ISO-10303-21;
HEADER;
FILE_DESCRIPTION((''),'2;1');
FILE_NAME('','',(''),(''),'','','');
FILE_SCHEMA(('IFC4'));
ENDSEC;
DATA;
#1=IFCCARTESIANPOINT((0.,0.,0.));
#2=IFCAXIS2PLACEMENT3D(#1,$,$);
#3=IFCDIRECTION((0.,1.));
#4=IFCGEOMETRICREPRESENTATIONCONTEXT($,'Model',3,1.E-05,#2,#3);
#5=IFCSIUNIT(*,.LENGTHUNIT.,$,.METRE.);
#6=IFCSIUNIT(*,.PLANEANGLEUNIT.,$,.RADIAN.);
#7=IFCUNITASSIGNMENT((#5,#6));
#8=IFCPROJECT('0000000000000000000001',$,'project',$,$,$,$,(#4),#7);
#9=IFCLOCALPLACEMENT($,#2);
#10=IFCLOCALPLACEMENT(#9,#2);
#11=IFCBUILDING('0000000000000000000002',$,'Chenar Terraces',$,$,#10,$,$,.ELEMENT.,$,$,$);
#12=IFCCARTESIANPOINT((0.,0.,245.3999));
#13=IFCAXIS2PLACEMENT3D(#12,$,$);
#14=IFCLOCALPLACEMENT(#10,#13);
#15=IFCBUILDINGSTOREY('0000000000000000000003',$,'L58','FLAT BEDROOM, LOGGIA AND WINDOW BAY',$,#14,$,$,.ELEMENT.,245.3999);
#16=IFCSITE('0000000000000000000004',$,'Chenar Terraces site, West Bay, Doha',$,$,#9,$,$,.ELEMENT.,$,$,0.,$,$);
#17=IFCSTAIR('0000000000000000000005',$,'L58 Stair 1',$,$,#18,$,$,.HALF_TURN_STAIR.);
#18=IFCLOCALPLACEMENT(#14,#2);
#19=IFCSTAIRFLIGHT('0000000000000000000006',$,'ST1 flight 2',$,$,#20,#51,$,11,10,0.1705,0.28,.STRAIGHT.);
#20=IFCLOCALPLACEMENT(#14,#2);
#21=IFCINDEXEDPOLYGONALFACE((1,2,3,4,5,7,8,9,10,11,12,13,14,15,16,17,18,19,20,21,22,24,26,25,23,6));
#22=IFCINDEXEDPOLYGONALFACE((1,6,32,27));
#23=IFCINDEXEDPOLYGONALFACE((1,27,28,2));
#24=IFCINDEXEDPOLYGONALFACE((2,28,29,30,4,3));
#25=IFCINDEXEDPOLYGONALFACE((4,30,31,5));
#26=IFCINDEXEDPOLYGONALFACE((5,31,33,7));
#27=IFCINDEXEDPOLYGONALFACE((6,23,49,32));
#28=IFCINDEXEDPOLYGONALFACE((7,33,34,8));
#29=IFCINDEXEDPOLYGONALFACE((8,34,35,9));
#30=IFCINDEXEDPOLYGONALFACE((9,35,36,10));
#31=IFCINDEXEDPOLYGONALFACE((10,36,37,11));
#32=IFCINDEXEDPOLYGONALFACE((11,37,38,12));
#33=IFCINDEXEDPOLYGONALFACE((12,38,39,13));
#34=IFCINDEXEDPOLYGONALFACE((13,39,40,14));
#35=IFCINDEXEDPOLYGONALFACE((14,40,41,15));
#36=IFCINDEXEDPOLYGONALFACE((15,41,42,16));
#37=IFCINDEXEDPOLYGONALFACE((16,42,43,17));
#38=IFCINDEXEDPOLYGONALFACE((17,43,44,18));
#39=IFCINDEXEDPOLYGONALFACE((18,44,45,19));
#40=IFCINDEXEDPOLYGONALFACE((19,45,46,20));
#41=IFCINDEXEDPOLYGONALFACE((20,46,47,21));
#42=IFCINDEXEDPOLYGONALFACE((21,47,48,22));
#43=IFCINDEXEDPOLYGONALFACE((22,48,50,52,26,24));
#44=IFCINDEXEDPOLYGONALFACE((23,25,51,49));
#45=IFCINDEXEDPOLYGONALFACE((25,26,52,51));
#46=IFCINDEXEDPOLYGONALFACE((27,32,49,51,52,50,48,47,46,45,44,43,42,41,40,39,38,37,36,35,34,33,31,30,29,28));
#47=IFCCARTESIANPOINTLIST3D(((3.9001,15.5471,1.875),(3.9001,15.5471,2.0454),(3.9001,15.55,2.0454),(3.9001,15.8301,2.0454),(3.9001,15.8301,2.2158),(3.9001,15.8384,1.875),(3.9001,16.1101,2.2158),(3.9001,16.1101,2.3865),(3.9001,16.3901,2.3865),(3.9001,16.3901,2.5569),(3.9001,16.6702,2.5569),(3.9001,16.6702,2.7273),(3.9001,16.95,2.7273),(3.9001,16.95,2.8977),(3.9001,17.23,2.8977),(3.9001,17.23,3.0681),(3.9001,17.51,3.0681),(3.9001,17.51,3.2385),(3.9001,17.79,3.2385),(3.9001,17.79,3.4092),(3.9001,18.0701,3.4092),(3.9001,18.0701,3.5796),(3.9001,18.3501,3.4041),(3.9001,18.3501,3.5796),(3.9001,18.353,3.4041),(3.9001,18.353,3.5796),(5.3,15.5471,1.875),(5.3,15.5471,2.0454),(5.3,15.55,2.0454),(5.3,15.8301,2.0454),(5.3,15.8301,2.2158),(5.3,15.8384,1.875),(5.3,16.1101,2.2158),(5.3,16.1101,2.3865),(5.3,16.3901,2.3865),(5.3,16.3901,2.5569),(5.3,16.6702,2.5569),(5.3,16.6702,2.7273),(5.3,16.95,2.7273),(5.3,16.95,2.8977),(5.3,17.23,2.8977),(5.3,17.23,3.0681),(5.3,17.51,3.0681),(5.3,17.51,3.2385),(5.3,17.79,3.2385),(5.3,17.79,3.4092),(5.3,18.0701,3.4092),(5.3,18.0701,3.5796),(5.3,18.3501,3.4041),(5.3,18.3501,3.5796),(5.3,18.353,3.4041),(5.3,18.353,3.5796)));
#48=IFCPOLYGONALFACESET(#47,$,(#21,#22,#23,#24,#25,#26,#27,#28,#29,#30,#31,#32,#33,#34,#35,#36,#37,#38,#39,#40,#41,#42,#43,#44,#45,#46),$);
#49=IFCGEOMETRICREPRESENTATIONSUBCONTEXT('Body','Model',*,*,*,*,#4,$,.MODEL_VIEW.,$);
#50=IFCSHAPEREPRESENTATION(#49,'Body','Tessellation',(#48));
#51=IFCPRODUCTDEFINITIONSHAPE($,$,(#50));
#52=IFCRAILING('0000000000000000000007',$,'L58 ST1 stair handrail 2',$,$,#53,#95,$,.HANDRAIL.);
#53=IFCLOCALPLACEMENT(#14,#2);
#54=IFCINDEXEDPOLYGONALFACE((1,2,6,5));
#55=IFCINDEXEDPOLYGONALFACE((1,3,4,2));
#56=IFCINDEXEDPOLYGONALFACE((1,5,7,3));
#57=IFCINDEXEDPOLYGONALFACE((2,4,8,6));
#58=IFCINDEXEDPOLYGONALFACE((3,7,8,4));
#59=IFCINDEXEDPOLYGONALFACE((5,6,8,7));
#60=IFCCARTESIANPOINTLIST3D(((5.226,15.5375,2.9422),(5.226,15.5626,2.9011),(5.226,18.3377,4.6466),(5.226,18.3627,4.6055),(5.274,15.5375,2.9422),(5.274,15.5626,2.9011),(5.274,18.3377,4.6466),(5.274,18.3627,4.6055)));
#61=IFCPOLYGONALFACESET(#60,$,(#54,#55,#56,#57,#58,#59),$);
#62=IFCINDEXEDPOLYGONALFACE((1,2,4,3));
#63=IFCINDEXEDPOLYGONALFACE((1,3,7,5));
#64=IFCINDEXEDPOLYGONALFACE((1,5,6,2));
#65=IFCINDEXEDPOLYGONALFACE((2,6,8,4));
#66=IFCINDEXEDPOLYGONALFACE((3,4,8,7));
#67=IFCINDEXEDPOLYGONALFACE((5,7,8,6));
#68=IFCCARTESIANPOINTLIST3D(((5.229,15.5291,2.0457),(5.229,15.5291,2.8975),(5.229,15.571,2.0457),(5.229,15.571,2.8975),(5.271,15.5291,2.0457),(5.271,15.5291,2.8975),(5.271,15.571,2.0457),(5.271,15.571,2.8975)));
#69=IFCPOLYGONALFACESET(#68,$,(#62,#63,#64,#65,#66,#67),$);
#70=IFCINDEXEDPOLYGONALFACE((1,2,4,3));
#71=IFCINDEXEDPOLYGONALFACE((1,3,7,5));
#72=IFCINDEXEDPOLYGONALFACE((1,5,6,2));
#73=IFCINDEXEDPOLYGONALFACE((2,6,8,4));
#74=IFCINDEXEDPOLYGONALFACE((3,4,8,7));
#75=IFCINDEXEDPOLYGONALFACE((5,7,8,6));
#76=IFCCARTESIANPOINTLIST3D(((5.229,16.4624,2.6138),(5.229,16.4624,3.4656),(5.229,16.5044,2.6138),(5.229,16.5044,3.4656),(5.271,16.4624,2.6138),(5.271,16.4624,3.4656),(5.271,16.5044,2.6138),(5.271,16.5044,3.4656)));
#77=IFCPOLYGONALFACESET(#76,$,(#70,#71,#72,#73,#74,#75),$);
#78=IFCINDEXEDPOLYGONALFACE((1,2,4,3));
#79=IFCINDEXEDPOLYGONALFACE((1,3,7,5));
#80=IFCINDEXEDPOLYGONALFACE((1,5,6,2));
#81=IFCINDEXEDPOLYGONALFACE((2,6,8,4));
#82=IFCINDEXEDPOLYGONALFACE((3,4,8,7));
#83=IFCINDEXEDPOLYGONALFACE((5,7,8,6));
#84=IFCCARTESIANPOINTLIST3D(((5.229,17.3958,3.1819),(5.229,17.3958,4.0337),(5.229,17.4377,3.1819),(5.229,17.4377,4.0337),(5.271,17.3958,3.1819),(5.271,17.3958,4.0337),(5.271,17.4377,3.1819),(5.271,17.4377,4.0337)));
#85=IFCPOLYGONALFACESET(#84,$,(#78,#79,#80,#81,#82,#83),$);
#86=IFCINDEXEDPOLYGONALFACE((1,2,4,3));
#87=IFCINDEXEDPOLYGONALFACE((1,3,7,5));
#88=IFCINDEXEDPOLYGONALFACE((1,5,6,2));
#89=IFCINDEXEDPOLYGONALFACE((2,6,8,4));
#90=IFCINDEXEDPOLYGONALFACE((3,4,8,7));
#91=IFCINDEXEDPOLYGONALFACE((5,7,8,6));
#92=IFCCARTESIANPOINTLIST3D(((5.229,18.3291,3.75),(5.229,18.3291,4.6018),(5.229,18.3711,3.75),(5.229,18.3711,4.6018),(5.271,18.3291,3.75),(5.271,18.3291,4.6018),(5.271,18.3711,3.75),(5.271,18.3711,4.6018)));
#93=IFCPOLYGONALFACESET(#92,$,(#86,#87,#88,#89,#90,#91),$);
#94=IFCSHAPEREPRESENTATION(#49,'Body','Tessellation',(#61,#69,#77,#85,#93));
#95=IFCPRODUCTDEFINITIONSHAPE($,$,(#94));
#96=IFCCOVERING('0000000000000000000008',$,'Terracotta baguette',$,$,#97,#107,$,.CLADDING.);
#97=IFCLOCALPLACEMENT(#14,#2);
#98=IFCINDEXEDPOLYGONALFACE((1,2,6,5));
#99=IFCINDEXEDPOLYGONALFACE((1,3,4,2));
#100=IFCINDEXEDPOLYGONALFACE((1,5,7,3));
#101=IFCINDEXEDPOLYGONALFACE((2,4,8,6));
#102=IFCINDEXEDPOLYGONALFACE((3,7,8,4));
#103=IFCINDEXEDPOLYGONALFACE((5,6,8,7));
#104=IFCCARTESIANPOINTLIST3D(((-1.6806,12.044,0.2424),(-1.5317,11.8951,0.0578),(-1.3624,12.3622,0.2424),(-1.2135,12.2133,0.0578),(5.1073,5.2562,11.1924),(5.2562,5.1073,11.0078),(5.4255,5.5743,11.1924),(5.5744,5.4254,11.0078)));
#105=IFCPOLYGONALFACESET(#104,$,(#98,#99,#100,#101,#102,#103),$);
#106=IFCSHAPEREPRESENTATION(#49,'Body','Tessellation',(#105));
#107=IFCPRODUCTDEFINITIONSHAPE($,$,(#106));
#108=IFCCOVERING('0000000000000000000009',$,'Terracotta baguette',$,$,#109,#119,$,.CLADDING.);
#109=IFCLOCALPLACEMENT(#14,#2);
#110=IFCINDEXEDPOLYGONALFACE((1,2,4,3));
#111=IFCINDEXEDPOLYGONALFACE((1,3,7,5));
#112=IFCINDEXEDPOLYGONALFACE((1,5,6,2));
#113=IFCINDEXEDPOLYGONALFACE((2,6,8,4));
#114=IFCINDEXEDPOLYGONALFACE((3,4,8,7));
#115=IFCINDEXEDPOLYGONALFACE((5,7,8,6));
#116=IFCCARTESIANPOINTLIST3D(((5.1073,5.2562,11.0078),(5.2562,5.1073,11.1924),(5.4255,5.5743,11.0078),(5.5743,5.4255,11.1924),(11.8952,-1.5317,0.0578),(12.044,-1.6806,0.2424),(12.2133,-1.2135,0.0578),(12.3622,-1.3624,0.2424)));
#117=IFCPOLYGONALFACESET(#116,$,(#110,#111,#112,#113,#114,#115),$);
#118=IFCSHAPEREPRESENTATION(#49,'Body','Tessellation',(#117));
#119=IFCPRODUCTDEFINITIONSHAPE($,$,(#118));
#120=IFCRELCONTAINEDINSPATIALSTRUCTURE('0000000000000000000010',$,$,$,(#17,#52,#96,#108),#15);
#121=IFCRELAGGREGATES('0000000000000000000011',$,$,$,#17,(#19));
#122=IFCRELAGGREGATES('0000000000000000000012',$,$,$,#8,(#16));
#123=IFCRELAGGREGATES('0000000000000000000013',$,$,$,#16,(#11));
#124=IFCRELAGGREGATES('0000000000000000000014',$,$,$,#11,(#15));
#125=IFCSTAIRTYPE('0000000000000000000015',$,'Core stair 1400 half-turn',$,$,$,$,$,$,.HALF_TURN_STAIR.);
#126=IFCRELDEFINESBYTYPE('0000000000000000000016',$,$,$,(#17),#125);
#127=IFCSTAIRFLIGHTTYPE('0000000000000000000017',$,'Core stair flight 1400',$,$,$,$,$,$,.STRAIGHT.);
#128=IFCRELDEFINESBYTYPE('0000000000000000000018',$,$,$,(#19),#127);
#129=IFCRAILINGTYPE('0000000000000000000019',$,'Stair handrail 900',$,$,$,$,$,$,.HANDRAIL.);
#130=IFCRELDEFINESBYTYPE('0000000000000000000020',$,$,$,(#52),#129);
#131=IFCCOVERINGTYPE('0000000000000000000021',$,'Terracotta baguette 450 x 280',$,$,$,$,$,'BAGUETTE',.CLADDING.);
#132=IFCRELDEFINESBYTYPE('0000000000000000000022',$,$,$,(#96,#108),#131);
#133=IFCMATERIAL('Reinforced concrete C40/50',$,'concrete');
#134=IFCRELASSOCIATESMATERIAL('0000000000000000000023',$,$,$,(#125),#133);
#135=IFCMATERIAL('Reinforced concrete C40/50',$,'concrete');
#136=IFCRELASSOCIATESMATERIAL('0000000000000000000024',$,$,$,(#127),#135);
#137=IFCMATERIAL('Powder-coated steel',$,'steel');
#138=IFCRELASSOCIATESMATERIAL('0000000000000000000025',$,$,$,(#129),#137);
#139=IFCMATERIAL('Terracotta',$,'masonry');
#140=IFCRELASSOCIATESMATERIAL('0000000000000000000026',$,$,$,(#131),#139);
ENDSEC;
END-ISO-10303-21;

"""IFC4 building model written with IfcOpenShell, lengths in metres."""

from ifc_helpers import new_model, si_unit, direction, frame, origin, origin_2d, place, context, subcontext, project, spatial, polyline, rectangle, outline, extrude, material, material_profile, profile_set, type_object, element, aggregate, save


model = new_model("IFC4")

# Units and contexts
model_context = context("Model", 3, precision=1e-05, world=origin(), true_north=direction((0.0, 1.0)))
body_context = subcontext(model_context, "Body", "Model", "MODEL_VIEW")
ifc_project = project(units=[si_unit("LENGTHUNIT", "METRE"), si_unit("PLANEANGLEUNIT", "RADIAN")], contexts=[model_context])

# Site, building, storey
site_placement = place(None, origin())
site = spatial("IfcSite", under=ifc_project, at=site_placement, Name="Chenar Terraces site, West Bay, Doha", CompositionType="ELEMENT", RefElevation=0.0)
building_placement = place(site_placement, origin())
building = spatial("IfcBuilding", under=site, at=building_placement, Name="Chenar Terraces", CompositionType="ELEMENT")
storey_placement = place(building_placement, frame((0.0, 0.0, 245.3999)))
storey = spatial("IfcBuildingStorey", under=building, at=storey_placement, Name="L58", Description="FLAT BEDROOM, LOGGIA AND WINDOW BAY", CompositionType="ELEMENT", Elevation=245.3999)

# Stair
ifc_material_1 = material(Name="Reinforced concrete C40/50", Category="concrete")
stair_type = type_object("IfcStairType", Name="Core stair 1400 half-turn", PredefinedType="HALF_TURN_STAIR", material=ifc_material_1)
placement_1 = place(storey_placement, origin())
stair_1 = element("IfcStair", 1, at=placement_1, inside=storey, type_object=stair_type, Name="L58 Stair 1", PredefinedType="HALF_TURN_STAIR")

# Stair flight
ifc_material_2 = material(Name="Reinforced concrete C40/50", Category="concrete")
stair_flight_type = type_object("IfcStairFlightType", Name="Core stair flight 1400", PredefinedType="STRAIGHT", material=ifc_material_2)
stair_flight_placement = place(storey_placement, frame((4.6001, 15.55, 1.875), z_axis=(0.0, 0.0, 1.0), x_axis=(0.0, 1.0, 0.0)))
stair_flight = element("IfcStairFlight", 2, at=stair_flight_placement, type_object=stair_flight_type, Name="ST1 flight 2", NumberOfRisers=11, NumberOfTreads=10, PredefinedType="STRAIGHT", RiserHeight=0.1705, TreadLength=0.28, context=body_context, shape_type="SweptSolid", body=[
    extrude(outline(polyline([(-0.0029, 0.0), (-0.0029, 0.1704), (0.0, 0.1704), (0.28, 0.1704), (0.28, 0.3408), (0.5601, 0.3408), (0.5601, 0.5115), (0.8401, 0.5115), (0.8401, 0.6819), (1.1201, 0.6819), (1.1201, 0.8523), (1.3999, 0.8523), (1.3999, 1.0227), (1.6799, 1.0227), (1.6799, 1.1931), (1.96, 1.1931), (1.96, 1.3635), (2.24, 1.3635), (2.24, 1.5342), (2.52, 1.5342), (2.52, 1.7046), (2.8, 1.7046), (2.803, 1.7046), (2.803, 1.5291), (2.8, 1.5291), (0.2883, 0.0), (-0.0029, 0.0)])), frame((0.0, 0.7, 0.0), z_axis=(0.0, -1.0, 0.0), x_axis=(1.0, 0.0, 0.0)), (0.0, 0.0, 1.0), 1.3999),
])
aggregate(stair_1, [stair_flight])

# Railing
ifc_material_3 = material(Name="Powder-coated steel", Category="steel")
railing_type = type_object("IfcRailingType", Name="Stair handrail 900", PredefinedType="HANDRAIL", material=ifc_material_3)
railing_placement = place(storey_placement, frame((5.25, 15.55, 2.0457)))
element("IfcRailing", 3, at=railing_placement, inside=storey, type_object=railing_type, Name="L58 ST1 stair handrail 2", PredefinedType="HANDRAIL", context=body_context, shape_type="SweptSolid", body=[
    extrude(rectangle(XDim=0.0481, YDim=0.0481, at=origin_2d()), frame((0.0, 0.0, 0.876), z_axis=(0.0, 0.854203, 0.51994), x_axis=(-1.0, 0.0, 0.0)), (0.0, 0.0, 1.0), 3.2781),
    extrude(rectangle(XDim=0.042, YDim=0.042, at=origin_2d()), origin(), (0.0, 0.0, 1.0), 0.8518),
    extrude(rectangle(XDim=0.042, YDim=0.042, at=origin_2d()), frame((0.0, 0.9333, 0.5681)), (0.0, 0.0, 1.0), 0.8518),
    extrude(rectangle(XDim=0.042, YDim=0.042, at=origin_2d()), frame((0.0, 1.8667, 1.1362)), (0.0, 0.0, 1.0), 0.8518),
    extrude(rectangle(XDim=0.042, YDim=0.042, at=origin_2d()), frame((0.0, 2.8, 1.7043)), (0.0, 0.0, 1.0), 0.8518),
])

# Coverings
ifc_material_4 = material(Name="Terracotta", Category="masonry")
ifc_material_profile = material_profile(ifc_material_4, rectangle(XDim=0.45, YDim=0.28, at=origin_2d()), Name="Terracotta baguette 450 x 280")
ifc_profile_set = profile_set([ifc_material_profile], Name="Terracotta")
covering_type = type_object("IfcCoveringType", Name="Terracotta baguette 450 x 280", ElementType="BAGUETTE", PredefinedType="CLADDING", material=ifc_profile_set)
for number, where, z_axis, x_axis, name in (
    (4, (-1.447, 12.1287, 0.1501), (0.466135, -0.466135, 0.751955), (0.707107, 0.707107, 0.0), "Terracotta baguette"),
    (5, (5.3408, 5.3408, 11.1001), (0.466135, -0.466135, -0.751955), (0.707107, 0.707107, 0.0), "Terracotta baguette"),
):
    element("IfcCovering", number, at=place(storey_placement, frame(where, z_axis=z_axis, x_axis=x_axis)), inside=storey, type_object=covering_type, Name=name, PredefinedType="CLADDING", context=body_context, shape_type="SweptSolid", body=[
        extrude(rectangle(XDim=0.45, YDim=0.28, at=origin_2d()), origin(), (0.0, 0.0, 1.0), 14.562),
    ])

save(model, "model.ifc")
